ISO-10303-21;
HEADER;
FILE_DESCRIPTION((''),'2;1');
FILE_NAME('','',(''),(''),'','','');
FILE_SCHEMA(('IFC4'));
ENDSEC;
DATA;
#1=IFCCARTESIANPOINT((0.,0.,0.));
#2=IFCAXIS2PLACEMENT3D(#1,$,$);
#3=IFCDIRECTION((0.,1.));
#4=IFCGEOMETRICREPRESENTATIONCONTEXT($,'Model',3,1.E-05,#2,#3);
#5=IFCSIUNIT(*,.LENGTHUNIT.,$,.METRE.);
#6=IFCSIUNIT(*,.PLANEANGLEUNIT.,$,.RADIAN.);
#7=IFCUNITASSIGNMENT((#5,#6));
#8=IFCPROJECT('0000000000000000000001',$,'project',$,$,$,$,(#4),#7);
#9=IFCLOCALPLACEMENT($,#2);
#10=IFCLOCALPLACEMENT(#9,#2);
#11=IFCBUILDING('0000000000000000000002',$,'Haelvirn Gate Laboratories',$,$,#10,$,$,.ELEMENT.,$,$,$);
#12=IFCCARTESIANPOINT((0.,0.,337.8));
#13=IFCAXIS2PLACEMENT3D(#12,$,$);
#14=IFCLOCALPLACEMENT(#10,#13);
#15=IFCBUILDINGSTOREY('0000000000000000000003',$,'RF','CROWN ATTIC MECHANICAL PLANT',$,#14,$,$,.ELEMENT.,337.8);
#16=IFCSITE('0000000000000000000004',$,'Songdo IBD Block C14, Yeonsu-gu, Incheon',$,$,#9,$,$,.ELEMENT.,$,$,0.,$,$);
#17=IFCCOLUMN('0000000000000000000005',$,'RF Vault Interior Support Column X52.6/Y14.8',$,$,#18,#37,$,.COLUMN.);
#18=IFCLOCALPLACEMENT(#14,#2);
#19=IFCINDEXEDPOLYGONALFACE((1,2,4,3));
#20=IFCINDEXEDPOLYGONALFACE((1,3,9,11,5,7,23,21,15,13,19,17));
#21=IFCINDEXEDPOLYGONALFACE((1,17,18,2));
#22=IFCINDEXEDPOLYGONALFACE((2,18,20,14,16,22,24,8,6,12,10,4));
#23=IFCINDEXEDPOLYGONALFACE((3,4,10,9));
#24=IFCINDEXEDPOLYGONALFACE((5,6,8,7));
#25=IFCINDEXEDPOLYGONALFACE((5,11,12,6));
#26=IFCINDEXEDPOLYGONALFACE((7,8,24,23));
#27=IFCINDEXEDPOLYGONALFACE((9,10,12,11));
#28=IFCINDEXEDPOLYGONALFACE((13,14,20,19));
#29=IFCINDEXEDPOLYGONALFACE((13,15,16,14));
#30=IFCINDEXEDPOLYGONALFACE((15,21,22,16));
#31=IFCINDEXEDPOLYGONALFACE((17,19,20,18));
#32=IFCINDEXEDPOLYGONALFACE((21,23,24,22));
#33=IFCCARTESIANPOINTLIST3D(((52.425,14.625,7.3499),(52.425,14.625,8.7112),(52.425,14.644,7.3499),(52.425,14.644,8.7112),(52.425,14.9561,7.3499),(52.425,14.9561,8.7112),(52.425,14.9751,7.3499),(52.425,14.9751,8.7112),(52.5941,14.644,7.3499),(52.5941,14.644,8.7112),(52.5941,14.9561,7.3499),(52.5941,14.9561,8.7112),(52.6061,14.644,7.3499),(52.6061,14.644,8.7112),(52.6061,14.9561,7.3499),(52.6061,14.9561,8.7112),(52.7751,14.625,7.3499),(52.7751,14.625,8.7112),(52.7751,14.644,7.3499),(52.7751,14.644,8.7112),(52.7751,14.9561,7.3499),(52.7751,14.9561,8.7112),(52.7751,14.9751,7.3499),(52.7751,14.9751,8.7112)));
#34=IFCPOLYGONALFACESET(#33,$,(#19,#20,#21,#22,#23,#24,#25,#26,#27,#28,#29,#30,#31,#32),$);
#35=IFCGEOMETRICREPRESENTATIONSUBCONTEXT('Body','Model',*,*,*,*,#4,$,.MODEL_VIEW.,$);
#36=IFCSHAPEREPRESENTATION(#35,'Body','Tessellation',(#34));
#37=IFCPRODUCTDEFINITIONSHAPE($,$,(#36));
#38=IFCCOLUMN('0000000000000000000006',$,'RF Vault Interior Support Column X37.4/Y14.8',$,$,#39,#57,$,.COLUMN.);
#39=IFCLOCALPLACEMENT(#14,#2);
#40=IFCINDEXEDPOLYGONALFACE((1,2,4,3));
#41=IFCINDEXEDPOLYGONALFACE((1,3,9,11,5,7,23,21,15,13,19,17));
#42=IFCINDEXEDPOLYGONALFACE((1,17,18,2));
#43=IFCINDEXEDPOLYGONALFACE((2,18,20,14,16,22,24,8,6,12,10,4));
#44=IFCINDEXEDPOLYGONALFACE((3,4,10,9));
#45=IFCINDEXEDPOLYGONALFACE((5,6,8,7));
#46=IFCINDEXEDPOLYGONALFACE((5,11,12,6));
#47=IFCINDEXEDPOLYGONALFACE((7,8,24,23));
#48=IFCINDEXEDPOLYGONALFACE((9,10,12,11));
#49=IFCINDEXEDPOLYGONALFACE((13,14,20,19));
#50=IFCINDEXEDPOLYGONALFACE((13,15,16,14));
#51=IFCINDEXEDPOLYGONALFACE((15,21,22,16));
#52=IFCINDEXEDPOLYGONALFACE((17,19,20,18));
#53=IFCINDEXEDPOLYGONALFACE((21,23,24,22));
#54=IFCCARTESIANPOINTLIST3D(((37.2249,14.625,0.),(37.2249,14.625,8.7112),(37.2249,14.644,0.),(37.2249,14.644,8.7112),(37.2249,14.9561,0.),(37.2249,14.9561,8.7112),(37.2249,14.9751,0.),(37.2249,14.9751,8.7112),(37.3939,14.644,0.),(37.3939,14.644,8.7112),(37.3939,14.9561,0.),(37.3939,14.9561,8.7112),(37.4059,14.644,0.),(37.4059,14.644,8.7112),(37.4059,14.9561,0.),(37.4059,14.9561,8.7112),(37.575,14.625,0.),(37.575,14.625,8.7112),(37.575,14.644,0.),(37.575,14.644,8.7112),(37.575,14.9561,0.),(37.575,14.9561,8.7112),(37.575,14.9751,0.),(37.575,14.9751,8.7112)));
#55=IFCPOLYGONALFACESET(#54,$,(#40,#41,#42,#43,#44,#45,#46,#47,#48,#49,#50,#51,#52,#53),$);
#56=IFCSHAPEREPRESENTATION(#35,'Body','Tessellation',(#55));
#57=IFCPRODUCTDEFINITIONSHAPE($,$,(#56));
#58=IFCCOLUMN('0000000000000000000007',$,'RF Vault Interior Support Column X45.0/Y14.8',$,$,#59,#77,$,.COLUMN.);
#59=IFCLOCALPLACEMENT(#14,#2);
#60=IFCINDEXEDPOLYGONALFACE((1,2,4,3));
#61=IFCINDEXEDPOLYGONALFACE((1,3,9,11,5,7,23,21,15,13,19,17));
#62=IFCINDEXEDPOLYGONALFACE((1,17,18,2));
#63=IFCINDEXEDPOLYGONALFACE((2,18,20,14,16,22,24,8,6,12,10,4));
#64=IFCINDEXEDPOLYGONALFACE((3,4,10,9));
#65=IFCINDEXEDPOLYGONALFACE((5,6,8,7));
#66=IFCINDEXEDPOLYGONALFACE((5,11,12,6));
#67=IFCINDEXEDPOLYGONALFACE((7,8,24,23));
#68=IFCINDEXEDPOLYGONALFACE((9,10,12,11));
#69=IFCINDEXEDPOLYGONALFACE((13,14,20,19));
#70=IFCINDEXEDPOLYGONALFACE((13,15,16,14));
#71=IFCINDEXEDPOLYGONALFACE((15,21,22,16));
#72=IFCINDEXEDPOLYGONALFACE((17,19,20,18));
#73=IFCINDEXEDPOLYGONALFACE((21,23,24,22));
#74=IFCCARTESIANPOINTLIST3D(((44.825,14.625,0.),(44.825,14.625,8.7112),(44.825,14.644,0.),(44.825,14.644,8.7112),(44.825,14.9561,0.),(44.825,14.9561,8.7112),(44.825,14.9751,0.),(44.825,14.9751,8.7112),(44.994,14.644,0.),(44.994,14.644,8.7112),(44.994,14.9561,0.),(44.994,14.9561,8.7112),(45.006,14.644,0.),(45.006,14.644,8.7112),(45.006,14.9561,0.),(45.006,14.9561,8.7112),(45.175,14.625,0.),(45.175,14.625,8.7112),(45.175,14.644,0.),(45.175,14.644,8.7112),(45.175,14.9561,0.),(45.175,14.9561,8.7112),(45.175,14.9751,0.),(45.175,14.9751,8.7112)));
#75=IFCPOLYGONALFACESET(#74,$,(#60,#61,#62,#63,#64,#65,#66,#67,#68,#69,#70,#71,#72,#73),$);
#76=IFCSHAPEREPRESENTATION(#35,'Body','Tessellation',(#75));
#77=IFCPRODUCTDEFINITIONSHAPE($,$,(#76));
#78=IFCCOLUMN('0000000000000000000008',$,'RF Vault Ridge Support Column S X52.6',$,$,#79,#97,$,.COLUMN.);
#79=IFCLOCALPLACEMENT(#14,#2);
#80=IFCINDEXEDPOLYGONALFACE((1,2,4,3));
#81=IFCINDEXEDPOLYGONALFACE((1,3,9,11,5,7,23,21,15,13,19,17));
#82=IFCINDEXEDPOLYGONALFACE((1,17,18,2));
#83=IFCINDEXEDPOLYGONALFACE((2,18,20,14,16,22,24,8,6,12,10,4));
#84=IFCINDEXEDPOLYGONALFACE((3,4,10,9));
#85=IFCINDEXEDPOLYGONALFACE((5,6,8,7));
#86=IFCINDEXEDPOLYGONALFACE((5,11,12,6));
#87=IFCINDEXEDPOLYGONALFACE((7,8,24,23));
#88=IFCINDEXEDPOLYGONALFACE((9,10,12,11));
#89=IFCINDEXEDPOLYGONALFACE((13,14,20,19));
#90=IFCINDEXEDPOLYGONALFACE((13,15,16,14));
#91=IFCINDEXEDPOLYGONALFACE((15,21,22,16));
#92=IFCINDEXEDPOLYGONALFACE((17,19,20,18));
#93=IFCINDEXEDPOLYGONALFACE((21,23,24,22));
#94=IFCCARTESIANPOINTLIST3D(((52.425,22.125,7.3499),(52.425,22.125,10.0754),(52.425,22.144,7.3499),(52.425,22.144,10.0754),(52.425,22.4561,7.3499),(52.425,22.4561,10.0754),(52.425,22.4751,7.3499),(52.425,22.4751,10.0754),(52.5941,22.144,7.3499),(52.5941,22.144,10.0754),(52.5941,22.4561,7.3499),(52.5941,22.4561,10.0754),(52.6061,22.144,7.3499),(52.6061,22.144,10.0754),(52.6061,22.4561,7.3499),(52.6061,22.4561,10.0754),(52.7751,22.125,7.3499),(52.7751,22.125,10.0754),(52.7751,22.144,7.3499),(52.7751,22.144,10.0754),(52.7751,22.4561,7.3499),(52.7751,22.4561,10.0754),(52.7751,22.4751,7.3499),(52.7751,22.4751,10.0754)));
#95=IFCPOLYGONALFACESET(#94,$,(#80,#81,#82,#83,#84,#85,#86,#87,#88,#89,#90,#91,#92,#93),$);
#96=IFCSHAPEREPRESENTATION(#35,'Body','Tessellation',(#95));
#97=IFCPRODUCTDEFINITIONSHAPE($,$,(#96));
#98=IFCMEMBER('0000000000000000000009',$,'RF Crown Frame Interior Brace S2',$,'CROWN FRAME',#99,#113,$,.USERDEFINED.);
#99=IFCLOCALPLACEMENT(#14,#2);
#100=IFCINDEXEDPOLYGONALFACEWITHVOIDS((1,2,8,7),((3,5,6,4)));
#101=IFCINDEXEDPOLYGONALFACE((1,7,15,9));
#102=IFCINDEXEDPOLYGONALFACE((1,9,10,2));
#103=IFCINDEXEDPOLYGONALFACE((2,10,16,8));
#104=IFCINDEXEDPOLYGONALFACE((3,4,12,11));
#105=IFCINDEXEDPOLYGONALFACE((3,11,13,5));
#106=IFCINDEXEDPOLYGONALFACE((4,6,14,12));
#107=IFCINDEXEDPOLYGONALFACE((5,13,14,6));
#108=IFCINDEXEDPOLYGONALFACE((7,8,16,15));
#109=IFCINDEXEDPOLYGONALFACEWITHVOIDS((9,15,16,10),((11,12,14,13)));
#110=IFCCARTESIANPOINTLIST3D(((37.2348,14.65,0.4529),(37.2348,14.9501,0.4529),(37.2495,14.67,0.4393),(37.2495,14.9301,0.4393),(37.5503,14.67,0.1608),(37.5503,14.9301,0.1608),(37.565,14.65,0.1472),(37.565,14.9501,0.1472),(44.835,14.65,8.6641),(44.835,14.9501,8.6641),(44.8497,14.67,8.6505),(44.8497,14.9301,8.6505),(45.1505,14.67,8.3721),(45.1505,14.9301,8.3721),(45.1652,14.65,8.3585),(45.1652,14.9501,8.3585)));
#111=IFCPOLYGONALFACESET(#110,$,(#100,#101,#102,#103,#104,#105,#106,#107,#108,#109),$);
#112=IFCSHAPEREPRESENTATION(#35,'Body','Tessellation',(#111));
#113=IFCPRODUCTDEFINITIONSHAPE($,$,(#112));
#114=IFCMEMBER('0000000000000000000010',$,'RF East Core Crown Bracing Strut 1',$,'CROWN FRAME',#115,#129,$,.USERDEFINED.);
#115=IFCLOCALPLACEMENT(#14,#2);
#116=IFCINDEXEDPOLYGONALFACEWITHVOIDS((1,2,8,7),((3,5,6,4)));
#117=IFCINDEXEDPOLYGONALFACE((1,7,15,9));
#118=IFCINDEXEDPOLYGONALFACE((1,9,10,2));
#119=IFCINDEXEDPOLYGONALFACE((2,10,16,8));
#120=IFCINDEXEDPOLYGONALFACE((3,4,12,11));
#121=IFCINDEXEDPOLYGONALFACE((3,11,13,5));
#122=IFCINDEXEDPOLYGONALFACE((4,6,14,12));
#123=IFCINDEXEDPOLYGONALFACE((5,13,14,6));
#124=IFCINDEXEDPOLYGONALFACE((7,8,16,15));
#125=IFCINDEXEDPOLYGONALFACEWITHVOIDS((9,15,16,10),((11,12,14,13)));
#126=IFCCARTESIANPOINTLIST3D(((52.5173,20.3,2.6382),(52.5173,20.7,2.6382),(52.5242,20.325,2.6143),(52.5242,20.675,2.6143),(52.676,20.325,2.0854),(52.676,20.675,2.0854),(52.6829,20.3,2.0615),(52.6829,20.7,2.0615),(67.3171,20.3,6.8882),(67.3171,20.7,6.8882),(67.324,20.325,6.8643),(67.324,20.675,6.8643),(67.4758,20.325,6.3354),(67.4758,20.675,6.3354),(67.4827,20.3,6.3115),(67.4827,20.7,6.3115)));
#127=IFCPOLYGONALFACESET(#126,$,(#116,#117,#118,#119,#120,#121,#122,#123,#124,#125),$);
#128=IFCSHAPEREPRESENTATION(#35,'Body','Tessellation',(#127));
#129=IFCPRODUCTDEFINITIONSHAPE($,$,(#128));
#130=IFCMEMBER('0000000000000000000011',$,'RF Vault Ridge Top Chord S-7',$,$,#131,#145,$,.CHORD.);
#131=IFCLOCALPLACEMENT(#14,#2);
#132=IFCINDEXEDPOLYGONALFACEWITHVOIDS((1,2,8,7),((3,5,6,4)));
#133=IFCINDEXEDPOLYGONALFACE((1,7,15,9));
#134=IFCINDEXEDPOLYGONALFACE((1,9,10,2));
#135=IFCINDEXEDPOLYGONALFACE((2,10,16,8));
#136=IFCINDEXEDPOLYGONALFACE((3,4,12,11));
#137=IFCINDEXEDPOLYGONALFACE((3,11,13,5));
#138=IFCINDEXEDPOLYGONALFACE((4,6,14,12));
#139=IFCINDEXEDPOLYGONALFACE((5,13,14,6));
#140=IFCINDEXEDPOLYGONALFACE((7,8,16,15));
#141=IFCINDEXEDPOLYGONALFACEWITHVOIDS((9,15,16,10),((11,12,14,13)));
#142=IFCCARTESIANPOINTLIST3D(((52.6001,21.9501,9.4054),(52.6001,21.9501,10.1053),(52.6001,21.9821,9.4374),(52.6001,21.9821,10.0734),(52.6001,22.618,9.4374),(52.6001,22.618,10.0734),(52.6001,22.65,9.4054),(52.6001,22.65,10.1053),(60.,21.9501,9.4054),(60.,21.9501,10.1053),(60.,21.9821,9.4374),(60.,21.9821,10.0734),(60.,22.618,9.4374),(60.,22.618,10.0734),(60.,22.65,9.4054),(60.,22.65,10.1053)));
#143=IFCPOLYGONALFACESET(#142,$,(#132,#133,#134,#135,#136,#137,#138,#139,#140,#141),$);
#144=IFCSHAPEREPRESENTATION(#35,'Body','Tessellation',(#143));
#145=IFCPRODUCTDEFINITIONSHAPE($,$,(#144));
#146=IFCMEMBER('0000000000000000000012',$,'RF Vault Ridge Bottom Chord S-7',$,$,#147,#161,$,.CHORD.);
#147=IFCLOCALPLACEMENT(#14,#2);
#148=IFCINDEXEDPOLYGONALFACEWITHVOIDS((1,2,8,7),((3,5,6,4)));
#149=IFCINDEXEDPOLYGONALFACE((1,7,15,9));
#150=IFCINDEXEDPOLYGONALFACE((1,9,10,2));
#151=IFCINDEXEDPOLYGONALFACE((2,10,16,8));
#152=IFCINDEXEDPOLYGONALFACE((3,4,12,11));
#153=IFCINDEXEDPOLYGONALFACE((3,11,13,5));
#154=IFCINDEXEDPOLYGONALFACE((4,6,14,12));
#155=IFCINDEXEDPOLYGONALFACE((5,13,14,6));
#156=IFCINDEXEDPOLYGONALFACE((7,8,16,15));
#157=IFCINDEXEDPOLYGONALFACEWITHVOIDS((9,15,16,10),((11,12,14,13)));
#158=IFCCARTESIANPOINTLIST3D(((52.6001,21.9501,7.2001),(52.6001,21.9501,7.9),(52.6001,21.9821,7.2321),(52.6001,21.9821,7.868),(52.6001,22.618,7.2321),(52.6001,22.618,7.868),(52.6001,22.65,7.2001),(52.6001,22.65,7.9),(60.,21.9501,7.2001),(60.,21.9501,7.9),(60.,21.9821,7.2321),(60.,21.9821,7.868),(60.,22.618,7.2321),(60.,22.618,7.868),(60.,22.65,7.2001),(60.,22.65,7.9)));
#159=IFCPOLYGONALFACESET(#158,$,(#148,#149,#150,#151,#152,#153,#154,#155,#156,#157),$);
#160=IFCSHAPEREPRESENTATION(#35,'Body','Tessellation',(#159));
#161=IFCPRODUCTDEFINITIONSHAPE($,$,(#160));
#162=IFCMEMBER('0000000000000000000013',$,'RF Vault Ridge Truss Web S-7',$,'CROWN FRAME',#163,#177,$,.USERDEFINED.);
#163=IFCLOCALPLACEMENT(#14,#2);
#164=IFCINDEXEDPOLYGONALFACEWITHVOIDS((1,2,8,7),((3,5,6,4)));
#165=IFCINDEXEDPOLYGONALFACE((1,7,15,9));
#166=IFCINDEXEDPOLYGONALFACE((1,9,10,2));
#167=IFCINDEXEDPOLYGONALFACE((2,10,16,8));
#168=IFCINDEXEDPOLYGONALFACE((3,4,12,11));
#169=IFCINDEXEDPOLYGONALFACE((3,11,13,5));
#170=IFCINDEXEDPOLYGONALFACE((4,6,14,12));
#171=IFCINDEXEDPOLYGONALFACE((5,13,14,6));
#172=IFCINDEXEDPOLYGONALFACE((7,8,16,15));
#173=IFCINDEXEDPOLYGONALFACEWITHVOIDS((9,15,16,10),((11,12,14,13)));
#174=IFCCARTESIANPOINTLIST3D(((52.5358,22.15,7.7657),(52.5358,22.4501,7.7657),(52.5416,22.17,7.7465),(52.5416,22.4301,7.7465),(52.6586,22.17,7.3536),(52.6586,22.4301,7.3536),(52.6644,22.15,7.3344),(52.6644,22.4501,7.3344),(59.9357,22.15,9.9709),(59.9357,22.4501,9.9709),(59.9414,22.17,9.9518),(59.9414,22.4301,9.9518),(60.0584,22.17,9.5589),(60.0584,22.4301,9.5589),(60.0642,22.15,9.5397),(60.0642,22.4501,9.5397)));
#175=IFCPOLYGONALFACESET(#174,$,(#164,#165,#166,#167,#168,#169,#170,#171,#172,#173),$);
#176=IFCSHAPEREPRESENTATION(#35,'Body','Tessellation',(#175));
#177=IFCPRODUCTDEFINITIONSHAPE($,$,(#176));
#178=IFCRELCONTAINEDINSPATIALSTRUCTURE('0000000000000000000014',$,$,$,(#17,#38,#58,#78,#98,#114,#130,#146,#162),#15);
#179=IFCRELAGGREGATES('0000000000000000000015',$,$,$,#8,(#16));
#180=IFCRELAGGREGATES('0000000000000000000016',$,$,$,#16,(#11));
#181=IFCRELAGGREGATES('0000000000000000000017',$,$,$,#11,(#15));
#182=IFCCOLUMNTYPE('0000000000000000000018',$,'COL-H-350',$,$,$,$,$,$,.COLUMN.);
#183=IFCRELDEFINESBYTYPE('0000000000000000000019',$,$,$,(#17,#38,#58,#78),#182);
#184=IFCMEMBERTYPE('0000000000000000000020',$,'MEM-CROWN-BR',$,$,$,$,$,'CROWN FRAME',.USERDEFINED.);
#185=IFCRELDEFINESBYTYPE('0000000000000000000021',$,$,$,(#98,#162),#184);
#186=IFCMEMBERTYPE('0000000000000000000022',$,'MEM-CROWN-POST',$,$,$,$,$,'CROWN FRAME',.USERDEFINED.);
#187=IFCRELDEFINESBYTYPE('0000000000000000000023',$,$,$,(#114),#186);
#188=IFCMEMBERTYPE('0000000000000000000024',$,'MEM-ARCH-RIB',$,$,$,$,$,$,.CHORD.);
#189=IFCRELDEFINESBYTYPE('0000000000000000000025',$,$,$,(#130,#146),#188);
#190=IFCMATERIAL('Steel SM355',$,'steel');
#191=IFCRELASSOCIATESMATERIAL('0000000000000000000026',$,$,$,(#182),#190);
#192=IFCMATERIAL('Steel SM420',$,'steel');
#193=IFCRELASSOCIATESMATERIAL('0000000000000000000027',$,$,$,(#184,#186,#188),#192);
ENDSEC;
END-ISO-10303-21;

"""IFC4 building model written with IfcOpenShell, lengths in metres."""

from ifc_helpers import new_model, si_unit, direction, frame, origin, origin_2d, place, context, subcontext, project, spatial, hollow_rectangle, i_section, extrude, source, transform, mapped, material, material_profile, profile_set, type_object, type_shapes, element, save


model = new_model("IFC4")

# Units and contexts
model_context = context("Model", 3, precision=1e-05, world=origin(), true_north=direction((0.0, 1.0)))
body_context = subcontext(model_context, "Body", "Model", "MODEL_VIEW")
ifc_project = project(units=[si_unit("LENGTHUNIT", "METRE"), si_unit("PLANEANGLEUNIT", "RADIAN")], contexts=[model_context])

# Site, building, storey
site_placement = place(None, origin())
site = spatial("IfcSite", under=ifc_project, at=site_placement, Name="Songdo IBD Block C14, Yeonsu-gu, Incheon", CompositionType="ELEMENT", RefElevation=0.0)
building_placement = place(site_placement, origin())
building = spatial("IfcBuilding", under=site, at=building_placement, Name="Haelvirn Gate Laboratories", CompositionType="ELEMENT")
storey_placement = place(building_placement, frame((0.0, 0.0, 337.8)))
storey = spatial("IfcBuildingStorey", under=building, at=storey_placement, Name="RF", Description="CROWN ATTIC MECHANICAL PLANT", CompositionType="ELEMENT", Elevation=337.8)

# Columns
ifc_material_1 = material(Name="Steel SM355", Category="steel")
ifc_material_profile_1 = material_profile(ifc_material_1, i_section(OverallWidth=0.3501, OverallDepth=0.3501, WebThickness=0.012, FlangeThickness=0.019, at=origin_2d()), Name="H-350x350x12x19")
ifc_profile_set_1 = profile_set([ifc_material_profile_1], Name="Steel SM355")
column_type = type_object("IfcColumnType", Name="COL-H-350", PredefinedType="COLUMN", material=ifc_profile_set_1)
shared_shape_1 = source(origin(), body_context, "Body", "SweptSolid", [
    extrude(i_section(OverallWidth=0.3501, OverallDepth=0.3501, WebThickness=0.012, FlangeThickness=0.019, at=origin_2d()), origin(), (0.0, 0.0, 1.0), 1.3613),
])
column_1_placement = place(storey_placement, frame((52.6001, 14.8, 7.3499), z_axis=(0.0, 0.0, 1.0), x_axis=(1.0, 0.0, 0.0)))
element("IfcColumn", 1, at=column_1_placement, inside=storey, type_object=column_type, Name="RF Vault Interior Support Column X52.6/Y14.8", PredefinedType="COLUMN", context=body_context, shape_type="MappedRepresentation", body=[
    mapped(shared_shape_1, transform((0.0, 0.0, 0.0), scale=1.0)),
])
shared_shape_2 = source(origin(), body_context, "Body", "SweptSolid", [
    extrude(i_section(OverallWidth=0.3501, OverallDepth=0.3501, WebThickness=0.012, FlangeThickness=0.019, at=origin_2d()), origin(), (0.0, 0.0, 1.0), 8.7112),
])
for number, where, z_axis, x_axis, name in (
    (2, (37.3999, 14.8, 0.0), (0.0, 0.0, 1.0), (1.0, 0.0, 0.0), "RF Vault Interior Support Column X37.4/Y14.8"),
    (3, (45.0, 14.8, 0.0), (0.0, 0.0, 1.0), (1.0, 0.0, 0.0), "RF Vault Interior Support Column X45.0/Y14.8"),
):
    element("IfcColumn", number, at=place(storey_placement, frame(where, z_axis=z_axis, x_axis=x_axis)), inside=storey, type_object=column_type, Name=name, PredefinedType="COLUMN", context=body_context, shape_type="MappedRepresentation", body=[
        mapped(shared_shape_2, transform((0.0, 0.0, 0.0), scale=1.0)),
    ])
shared_shape_3 = source(origin(), body_context, "Body", "SweptSolid", [
    extrude(i_section(OverallWidth=0.3501, OverallDepth=0.3501, WebThickness=0.012, FlangeThickness=0.019, at=origin_2d()), origin(), (0.0, 0.0, 1.0), 2.7256),
])
type_shapes(column_type, [shared_shape_1, shared_shape_2, shared_shape_3])
column_2_placement = place(storey_placement, frame((52.6001, 22.3, 7.3499), z_axis=(0.0, 0.0, 1.0), x_axis=(1.0, 0.0, 0.0)))
element("IfcColumn", 4, at=column_2_placement, inside=storey, type_object=column_type, Name="RF Vault Ridge Support Column S X52.6", PredefinedType="COLUMN", context=body_context, shape_type="MappedRepresentation", body=[
    mapped(shared_shape_3, transform((0.0, 0.0, 0.0), scale=1.0)),
])

# Members
ifc_material_2 = material(Name="Steel SM420", Category="steel")
ifc_material_profile_2 = material_profile(ifc_material_2, hollow_rectangle(XDim=0.3, YDim=0.45, WallThickness=0.02, at=origin_2d()), Name="BOX-450x300x20")
ifc_profile_set_2 = profile_set([ifc_material_profile_2], Name="Steel SM420")
member_type_1 = type_object("IfcMemberType", Name="MEM-CROWN-BR", ElementType="CROWN FRAME", PredefinedType="USERDEFINED", material=ifc_profile_set_2)
shared_shape_4 = source(origin(), body_context, "Body", "SweptSolid", [
    extrude(hollow_rectangle(XDim=0.3, YDim=0.45, WallThickness=0.02, at=origin_2d()), origin(), (0.0, 0.0, 1.0), 11.1887),
])
member_1_placement = place(storey_placement, frame((37.3999, 14.8, 0.3), z_axis=(0.679271, 0.0, 0.733888), x_axis=(0.0, 1.0, 0.0)))
element("IfcMember", 5, at=member_1_placement, inside=storey, type_object=member_type_1, Name="RF Crown Frame Interior Brace S2", ObjectType="CROWN FRAME", PredefinedType="USERDEFINED", context=body_context, shape_type="MappedRepresentation", body=[
    mapped(shared_shape_4, transform((0.0, 0.0, 0.0), scale=1.0)),
])
ifc_material_profile_3 = material_profile(ifc_material_2, hollow_rectangle(XDim=0.3999, YDim=0.6001, WallThickness=0.0249, at=origin_2d()), Name="BOX-600x400x25")
ifc_profile_set_3 = profile_set([ifc_material_profile_3], Name="Steel SM420")
member_type_2 = type_object("IfcMemberType", Name="MEM-CROWN-POST", ElementType="CROWN FRAME", PredefinedType="USERDEFINED", material=ifc_profile_set_3)
shared_shape_5 = source(origin(), body_context, "Body", "SweptSolid", [
    extrude(hollow_rectangle(XDim=0.3999, YDim=0.6001, WallThickness=0.0249, at=origin_2d()), origin(), (0.0, 0.0, 1.0), 15.3979),
])
type_shapes(member_type_2, [shared_shape_5])
member_2_placement = place(storey_placement, frame((52.6001, 20.5, 2.3499), z_axis=(0.961155, 0.0, 0.276011), x_axis=(0.0, 1.0, 0.0)))
element("IfcMember", 6, at=member_2_placement, inside=storey, type_object=member_type_2, Name="RF East Core Crown Bracing Strut 1", ObjectType="CROWN FRAME", PredefinedType="USERDEFINED", context=body_context, shape_type="MappedRepresentation", body=[
    mapped(shared_shape_5, transform((0.0, 0.0, 0.0), scale=1.0)),
])
ifc_material_profile_4 = material_profile(ifc_material_2, hollow_rectangle(XDim=0.7, YDim=0.7, WallThickness=0.032, at=origin_2d()), Name="BOX-700x700x32")
ifc_profile_set_4 = profile_set([ifc_material_profile_4], Name="Steel SM420")
member_type_3 = type_object("IfcMemberType", Name="MEM-ARCH-RIB", PredefinedType="CHORD", material=ifc_profile_set_4)
shared_shape_6 = source(origin(), body_context, "Body", "SweptSolid", [
    extrude(hollow_rectangle(XDim=0.7, YDim=0.7, WallThickness=0.032, at=origin_2d()), origin(), (0.0, 0.0, 1.0), 7.3999),
])
for number, where, z_axis, x_axis, name in (
    (7, (52.6001, 22.3, 9.7554), (1.0, 0.0, 0.0), (0.0, 1.0, 0.0), "RF Vault Ridge Top Chord S-7"),
    (8, (52.6001, 22.3, 7.55), (1.0, 0.0, 0.0), (0.0, 1.0, 0.0), "RF Vault Ridge Bottom Chord S-7"),
):
    element("IfcMember", number, at=place(storey_placement, frame(where, z_axis=z_axis, x_axis=x_axis)), inside=storey, type_object=member_type_3, Name=name, PredefinedType="CHORD", context=body_context, shape_type="MappedRepresentation", body=[
        mapped(shared_shape_6, transform((0.0, 0.0, 0.0), scale=1.0)),
    ])
shared_shape_7 = source(origin(), body_context, "Body", "SweptSolid", [
    extrude(hollow_rectangle(XDim=0.3, YDim=0.45, WallThickness=0.02, at=origin_2d()), origin(), (0.0, 0.0, 1.0), 7.7214),
])
member_3_placement = place(storey_placement, frame((52.6001, 22.3, 7.55), z_axis=(0.958347, 0.0, 0.285607), x_axis=(0.0, 1.0, 0.0)))
element("IfcMember", 9, at=member_3_placement, inside=storey, type_object=member_type_1, Name="RF Vault Ridge Truss Web S-7", ObjectType="CROWN FRAME", PredefinedType="USERDEFINED", context=body_context, shape_type="MappedRepresentation", body=[
    mapped(shared_shape_7, transform((0.0, 0.0, 0.0), scale=1.0)),
])

save(model, "model.ifc")
